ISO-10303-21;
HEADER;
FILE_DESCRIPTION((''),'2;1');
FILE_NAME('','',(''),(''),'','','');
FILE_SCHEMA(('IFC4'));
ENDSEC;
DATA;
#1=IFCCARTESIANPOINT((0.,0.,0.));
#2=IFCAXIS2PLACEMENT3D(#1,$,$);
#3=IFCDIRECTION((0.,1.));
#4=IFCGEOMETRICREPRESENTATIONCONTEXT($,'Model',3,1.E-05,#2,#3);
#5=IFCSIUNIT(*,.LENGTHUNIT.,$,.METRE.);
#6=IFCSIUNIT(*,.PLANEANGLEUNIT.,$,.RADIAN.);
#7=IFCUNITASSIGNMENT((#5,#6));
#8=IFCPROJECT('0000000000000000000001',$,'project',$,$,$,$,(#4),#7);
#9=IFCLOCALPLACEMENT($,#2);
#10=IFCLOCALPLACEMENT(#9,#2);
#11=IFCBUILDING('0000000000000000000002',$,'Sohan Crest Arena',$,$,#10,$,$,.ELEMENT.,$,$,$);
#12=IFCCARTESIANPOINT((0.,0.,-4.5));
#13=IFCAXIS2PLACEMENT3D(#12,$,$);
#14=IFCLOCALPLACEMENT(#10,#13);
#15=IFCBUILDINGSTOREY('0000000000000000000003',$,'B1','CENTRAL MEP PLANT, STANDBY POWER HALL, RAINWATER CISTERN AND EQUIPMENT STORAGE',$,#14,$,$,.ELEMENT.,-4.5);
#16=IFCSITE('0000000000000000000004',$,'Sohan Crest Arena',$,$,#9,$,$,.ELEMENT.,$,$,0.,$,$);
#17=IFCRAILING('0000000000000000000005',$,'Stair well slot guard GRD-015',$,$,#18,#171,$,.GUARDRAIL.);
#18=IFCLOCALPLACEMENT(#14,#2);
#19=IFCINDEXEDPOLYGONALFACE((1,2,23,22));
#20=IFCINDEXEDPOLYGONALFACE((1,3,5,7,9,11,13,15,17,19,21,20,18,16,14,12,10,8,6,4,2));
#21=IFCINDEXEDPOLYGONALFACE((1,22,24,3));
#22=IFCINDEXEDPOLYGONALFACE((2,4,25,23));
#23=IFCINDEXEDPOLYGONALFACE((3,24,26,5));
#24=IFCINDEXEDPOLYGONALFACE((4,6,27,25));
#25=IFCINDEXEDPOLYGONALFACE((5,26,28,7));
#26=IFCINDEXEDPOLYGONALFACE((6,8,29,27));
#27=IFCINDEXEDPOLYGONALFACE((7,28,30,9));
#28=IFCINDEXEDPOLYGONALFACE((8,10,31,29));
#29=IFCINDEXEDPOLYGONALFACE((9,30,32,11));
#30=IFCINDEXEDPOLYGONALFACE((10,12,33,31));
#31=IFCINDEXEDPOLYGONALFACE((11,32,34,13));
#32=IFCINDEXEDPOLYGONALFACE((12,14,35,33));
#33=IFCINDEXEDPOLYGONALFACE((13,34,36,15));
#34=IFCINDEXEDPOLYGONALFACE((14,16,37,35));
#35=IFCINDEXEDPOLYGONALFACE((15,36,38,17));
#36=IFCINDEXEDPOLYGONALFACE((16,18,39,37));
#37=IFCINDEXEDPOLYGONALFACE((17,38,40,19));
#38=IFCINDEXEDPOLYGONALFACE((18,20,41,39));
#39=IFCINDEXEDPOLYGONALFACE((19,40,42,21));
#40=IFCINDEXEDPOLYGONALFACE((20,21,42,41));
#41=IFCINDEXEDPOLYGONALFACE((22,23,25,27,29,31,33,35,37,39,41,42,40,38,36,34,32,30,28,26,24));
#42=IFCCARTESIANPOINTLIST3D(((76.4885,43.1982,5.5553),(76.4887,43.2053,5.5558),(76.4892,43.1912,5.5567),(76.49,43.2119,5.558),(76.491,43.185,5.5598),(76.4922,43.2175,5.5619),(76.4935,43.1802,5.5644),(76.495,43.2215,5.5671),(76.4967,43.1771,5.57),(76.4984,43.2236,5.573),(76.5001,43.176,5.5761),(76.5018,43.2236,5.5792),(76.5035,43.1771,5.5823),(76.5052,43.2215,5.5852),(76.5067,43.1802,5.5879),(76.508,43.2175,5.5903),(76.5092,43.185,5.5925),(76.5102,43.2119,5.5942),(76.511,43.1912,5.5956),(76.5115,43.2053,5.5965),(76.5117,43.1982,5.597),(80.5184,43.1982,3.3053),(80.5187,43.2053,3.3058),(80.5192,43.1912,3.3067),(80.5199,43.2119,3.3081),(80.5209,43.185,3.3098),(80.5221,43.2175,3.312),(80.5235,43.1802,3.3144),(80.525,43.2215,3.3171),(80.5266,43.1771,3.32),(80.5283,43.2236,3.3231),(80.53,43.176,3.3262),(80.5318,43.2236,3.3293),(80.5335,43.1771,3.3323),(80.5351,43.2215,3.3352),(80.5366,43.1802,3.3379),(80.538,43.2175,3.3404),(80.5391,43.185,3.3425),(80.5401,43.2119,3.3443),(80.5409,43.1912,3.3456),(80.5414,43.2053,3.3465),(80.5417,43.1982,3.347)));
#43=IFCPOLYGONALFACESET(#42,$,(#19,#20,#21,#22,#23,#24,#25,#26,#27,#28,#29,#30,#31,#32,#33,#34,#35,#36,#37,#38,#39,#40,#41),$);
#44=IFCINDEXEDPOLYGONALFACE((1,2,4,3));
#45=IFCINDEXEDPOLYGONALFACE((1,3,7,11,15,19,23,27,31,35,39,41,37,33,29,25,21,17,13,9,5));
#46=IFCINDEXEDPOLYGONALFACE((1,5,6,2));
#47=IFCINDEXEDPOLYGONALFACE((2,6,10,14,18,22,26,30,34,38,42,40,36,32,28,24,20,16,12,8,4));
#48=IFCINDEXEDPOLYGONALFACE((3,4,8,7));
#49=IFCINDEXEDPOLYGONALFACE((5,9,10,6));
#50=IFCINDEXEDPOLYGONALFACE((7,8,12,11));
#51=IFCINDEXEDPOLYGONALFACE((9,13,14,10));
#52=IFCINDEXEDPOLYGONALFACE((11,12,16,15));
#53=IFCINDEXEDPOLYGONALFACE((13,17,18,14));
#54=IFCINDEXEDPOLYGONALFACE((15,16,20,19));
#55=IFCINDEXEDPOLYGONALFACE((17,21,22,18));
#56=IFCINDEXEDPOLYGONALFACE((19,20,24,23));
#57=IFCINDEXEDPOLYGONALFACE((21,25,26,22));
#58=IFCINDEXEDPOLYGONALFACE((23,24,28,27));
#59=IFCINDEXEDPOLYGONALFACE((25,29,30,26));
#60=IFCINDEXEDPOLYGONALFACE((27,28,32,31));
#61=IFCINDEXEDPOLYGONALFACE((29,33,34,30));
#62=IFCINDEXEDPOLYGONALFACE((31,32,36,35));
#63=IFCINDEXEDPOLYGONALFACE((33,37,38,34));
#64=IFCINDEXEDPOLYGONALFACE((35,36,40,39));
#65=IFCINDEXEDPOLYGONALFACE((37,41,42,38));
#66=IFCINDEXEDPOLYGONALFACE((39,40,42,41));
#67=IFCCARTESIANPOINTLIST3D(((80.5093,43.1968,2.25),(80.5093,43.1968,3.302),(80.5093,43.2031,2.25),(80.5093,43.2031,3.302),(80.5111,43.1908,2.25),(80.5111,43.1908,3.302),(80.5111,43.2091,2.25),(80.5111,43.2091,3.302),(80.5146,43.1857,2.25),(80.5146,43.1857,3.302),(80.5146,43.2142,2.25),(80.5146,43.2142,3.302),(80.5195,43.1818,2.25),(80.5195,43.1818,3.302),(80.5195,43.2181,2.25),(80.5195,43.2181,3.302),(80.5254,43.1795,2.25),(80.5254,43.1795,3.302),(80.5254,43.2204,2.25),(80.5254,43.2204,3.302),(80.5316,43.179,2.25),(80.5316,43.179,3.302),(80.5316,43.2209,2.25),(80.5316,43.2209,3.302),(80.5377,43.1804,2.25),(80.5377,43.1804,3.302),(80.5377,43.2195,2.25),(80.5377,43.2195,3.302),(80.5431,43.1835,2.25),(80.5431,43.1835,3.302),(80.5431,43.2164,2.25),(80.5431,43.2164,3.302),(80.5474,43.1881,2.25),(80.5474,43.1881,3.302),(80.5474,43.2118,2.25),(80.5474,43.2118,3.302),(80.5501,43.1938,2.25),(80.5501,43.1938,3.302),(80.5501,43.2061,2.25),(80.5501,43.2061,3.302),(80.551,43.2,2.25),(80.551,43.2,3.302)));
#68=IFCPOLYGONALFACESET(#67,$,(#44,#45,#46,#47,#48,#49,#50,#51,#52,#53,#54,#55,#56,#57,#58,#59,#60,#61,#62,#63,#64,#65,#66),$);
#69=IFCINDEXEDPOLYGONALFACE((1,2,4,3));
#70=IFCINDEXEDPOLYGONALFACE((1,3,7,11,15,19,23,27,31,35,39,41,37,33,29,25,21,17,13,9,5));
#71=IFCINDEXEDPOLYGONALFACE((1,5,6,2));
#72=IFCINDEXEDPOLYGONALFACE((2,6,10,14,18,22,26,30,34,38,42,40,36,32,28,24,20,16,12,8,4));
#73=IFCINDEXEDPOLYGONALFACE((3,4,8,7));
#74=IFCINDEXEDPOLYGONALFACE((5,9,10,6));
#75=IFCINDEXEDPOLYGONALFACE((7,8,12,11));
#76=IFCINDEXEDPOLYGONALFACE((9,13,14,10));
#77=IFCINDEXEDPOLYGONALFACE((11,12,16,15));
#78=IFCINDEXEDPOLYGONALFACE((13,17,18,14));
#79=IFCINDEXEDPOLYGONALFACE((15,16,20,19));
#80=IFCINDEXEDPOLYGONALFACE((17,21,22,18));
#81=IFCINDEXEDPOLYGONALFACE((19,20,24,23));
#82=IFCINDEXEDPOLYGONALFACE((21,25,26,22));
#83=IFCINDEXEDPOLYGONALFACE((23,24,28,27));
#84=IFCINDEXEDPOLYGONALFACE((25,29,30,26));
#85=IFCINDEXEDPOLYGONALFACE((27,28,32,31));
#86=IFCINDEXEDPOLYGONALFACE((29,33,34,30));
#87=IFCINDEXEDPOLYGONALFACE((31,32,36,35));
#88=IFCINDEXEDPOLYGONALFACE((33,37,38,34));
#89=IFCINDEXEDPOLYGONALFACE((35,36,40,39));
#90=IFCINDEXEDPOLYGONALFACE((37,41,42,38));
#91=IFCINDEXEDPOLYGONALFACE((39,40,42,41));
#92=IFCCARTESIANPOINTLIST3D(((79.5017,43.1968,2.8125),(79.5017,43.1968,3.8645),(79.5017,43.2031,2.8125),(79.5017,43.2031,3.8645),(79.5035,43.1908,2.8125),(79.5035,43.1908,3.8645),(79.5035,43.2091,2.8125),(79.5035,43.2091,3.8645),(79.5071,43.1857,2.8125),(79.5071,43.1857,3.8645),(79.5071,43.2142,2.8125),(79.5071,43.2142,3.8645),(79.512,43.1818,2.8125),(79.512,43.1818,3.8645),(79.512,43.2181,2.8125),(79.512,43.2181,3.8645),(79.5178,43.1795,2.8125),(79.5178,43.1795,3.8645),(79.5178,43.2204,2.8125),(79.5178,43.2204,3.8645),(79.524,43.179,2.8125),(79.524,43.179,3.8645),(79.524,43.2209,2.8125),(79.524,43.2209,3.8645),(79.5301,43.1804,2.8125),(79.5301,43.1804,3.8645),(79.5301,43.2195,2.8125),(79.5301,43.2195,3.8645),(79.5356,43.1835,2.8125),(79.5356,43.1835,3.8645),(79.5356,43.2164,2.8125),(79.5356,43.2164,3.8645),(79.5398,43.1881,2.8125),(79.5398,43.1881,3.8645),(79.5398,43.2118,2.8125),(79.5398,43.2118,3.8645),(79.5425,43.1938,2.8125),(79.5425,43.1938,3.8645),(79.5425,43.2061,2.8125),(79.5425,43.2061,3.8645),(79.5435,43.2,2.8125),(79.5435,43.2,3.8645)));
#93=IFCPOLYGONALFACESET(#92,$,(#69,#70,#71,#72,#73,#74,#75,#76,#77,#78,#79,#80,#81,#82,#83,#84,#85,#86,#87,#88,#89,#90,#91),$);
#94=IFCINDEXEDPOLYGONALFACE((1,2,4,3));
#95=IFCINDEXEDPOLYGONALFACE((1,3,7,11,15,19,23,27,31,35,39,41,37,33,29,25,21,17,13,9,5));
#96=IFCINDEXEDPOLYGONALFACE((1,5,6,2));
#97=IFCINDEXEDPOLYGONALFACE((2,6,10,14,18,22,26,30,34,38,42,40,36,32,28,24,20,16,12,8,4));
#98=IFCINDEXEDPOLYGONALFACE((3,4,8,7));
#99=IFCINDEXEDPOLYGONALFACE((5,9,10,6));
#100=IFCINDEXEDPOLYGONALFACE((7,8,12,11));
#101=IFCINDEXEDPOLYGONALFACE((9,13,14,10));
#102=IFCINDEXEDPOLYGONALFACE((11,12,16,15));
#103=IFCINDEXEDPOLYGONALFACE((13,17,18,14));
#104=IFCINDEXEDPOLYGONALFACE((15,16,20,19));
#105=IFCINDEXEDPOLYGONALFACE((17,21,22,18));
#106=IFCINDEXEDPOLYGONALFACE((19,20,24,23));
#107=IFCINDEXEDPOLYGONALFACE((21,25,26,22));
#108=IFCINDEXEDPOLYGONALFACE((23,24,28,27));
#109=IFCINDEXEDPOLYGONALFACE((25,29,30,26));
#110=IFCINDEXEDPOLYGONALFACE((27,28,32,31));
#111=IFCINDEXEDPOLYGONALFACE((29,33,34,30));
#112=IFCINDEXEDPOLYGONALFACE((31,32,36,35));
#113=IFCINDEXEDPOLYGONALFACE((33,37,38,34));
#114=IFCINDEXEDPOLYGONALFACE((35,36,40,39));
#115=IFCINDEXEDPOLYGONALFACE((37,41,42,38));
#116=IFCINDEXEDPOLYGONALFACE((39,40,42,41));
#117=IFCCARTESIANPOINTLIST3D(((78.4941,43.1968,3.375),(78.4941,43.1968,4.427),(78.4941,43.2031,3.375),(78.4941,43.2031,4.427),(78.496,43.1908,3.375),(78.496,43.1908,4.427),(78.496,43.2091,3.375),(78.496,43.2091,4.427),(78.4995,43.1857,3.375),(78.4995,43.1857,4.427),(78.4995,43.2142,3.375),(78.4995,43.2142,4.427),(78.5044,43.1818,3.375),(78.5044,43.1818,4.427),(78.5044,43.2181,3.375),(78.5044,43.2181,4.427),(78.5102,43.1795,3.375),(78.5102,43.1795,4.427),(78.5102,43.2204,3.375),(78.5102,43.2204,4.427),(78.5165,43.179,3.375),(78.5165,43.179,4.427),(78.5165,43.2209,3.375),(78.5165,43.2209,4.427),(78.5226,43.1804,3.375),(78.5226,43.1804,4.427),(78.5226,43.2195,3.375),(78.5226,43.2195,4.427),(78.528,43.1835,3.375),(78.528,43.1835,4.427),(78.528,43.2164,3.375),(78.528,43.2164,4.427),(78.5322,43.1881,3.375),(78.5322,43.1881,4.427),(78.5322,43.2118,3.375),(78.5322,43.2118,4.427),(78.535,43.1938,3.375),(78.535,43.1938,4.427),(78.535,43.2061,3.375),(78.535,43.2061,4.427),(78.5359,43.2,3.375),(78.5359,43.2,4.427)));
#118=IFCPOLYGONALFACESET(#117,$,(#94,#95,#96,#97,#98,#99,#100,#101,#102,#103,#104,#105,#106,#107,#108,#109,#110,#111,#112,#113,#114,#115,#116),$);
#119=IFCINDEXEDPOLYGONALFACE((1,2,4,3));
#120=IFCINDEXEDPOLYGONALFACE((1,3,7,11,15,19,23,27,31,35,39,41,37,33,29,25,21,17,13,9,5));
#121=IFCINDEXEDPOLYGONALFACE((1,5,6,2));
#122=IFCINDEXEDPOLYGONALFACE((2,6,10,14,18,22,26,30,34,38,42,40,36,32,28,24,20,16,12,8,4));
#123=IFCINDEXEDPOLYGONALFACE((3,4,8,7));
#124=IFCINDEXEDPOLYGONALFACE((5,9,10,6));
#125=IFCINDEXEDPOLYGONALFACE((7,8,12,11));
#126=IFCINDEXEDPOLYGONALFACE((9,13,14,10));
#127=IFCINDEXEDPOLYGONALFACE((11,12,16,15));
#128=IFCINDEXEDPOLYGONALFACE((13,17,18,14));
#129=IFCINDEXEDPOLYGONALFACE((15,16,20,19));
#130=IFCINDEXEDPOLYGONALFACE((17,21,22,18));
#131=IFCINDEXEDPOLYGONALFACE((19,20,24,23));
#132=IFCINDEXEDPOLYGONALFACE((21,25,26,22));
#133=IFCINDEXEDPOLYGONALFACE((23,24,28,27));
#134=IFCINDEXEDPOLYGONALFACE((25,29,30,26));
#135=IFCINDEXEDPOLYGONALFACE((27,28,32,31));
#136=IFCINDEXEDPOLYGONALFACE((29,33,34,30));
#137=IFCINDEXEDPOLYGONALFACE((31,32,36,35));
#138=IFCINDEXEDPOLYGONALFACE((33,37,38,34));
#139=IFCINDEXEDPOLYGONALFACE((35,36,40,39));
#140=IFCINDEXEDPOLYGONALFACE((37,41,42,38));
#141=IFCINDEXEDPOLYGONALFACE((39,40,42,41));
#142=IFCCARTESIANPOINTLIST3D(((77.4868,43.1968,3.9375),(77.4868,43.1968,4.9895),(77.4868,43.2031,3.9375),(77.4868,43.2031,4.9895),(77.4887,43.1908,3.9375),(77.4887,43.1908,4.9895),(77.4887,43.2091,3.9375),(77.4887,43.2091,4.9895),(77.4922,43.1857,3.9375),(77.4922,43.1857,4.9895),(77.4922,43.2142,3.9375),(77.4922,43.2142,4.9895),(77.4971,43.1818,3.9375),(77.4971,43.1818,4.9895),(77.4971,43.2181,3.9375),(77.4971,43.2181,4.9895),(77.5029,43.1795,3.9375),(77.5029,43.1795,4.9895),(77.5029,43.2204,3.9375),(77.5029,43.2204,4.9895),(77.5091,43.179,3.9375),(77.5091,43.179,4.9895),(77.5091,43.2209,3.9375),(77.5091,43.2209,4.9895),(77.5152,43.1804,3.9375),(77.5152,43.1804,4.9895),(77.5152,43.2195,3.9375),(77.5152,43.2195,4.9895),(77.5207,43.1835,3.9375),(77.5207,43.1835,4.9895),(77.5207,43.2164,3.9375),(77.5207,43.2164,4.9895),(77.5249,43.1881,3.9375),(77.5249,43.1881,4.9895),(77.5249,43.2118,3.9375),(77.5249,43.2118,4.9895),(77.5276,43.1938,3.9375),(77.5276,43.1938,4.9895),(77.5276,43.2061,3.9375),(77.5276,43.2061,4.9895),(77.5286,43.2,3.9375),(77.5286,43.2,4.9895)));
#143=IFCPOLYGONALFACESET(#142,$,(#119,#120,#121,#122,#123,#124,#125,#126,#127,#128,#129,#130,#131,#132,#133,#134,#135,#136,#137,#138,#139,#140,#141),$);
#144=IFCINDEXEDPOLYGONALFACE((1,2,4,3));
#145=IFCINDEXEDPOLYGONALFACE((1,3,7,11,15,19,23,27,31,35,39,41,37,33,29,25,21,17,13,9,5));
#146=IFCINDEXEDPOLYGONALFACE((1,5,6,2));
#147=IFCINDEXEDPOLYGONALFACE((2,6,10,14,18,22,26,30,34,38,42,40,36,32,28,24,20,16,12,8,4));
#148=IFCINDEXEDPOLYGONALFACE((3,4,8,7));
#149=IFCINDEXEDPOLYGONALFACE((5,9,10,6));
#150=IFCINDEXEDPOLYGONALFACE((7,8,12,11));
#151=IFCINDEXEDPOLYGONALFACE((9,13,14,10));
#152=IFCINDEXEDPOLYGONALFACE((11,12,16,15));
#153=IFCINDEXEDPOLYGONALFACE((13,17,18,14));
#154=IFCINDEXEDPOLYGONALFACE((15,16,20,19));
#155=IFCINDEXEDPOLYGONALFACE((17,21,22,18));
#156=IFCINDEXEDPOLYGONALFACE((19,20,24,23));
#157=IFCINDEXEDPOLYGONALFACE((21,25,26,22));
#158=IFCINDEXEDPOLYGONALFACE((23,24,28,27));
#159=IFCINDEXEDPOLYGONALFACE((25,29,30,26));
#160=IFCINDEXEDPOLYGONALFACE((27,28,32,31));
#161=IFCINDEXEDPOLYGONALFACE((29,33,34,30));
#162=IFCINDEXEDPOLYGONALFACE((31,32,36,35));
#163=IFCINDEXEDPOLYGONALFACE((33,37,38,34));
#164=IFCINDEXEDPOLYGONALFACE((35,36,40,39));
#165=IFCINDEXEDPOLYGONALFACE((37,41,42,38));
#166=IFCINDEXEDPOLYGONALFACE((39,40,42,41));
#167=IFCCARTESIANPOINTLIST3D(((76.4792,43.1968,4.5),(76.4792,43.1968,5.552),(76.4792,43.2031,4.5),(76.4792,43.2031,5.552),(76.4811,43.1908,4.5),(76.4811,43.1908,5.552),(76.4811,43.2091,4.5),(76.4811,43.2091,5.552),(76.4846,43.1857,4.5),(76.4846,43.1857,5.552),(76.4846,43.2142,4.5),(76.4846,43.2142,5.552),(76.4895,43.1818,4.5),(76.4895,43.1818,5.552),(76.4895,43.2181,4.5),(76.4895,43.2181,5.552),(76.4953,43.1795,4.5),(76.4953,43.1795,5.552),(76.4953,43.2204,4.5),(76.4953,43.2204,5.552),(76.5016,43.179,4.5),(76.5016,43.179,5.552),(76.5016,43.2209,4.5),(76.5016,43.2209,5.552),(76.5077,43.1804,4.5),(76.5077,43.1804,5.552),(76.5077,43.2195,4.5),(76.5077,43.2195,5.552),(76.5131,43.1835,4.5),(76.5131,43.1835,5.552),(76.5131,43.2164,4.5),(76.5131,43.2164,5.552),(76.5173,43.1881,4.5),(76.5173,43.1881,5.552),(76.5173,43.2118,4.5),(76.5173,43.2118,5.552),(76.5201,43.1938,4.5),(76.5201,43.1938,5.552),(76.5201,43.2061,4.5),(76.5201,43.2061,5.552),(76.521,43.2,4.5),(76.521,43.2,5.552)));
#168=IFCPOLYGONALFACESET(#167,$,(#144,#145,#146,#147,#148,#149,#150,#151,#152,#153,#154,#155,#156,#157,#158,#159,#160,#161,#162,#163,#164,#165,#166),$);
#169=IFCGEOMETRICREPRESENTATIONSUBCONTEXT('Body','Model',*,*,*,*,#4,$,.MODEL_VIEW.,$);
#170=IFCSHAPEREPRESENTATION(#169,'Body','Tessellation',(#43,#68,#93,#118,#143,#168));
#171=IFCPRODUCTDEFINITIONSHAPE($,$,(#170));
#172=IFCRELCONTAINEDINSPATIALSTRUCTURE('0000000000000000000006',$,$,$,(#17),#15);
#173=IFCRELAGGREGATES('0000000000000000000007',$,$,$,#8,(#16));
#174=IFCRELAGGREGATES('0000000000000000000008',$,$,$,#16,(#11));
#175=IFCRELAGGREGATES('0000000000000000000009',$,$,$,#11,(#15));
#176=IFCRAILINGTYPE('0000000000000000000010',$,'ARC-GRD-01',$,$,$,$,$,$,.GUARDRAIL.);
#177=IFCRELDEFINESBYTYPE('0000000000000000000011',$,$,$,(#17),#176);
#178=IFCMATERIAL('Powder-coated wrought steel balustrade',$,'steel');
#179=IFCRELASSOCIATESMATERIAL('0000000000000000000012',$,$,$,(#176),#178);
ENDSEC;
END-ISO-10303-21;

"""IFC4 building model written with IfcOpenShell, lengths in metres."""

from ifc_helpers import new_model, si_unit, direction, frame, origin, origin_2d, place, context, subcontext, project, spatial, circle, extrude, material, type_object, element, save


model = new_model("IFC4")

# Units and contexts
model_context = context("Model", 3, precision=1e-05, world=origin(), true_north=direction((0.0, 1.0)))
body_context = subcontext(model_context, "Body", "Model", "MODEL_VIEW")
ifc_project = project(units=[si_unit("LENGTHUNIT", "METRE"), si_unit("PLANEANGLEUNIT", "RADIAN")], contexts=[model_context])

# Site, building, storey
site_placement = place(None, origin())
site = spatial("IfcSite", under=ifc_project, at=site_placement, Name="Sohan Crest Arena", CompositionType="ELEMENT", RefElevation=0.0)
building_placement = place(site_placement, origin())
building = spatial("IfcBuilding", under=site, at=building_placement, Name="Sohan Crest Arena", CompositionType="ELEMENT")
storey_placement = place(building_placement, frame((0.0, 0.0, -4.5)))
storey = spatial("IfcBuildingStorey", under=building, at=storey_placement, Name="B1", Description="CENTRAL MEP PLANT, STANDBY POWER HALL, RAINWATER CISTERN AND EQUIPMENT STORAGE", CompositionType="ELEMENT", Elevation=-4.5)

# Railing
ifc_material_1 = material(Name="Powder-coated wrought steel balustrade", Category="steel")
railing_type_1 = type_object("IfcRailingType", Name="ARC-GRD-01", PredefinedType="GUARDRAIL", material=ifc_material_1)
railing_1_placement = place(storey_placement, frame((80.53, 43.2, 2.25)))
element("IfcRailing", 1, at=railing_1_placement, inside=storey, type_object=railing_type_1, Name="Stair well slot guard GRD-015", PredefinedType="GUARDRAIL", context=body_context, shape_type="SweptSolid", body=[
    extrude(circle(Radius=0.0239, at=origin_2d()), frame((0.0, 0.0, 1.0762), z_axis=(-0.873135, 0.0, 0.487479), x_axis=(0.0, -1.0, 0.0)), (0.0, 0.0, 1.0), 4.6155),
    extrude(circle(Radius=0.021, at=origin_2d()), origin(), (0.0, 0.0, 1.0), 1.052),
    extrude(circle(Radius=0.021, at=origin_2d()), frame((-1.0076, 0.0, 0.5625)), (0.0, 0.0, 1.0), 1.052),
    extrude(circle(Radius=0.021, at=origin_2d()), frame((-2.0151, 0.0, 1.125)), (0.0, 0.0, 1.0), 1.052),
    extrude(circle(Radius=0.021, at=origin_2d()), frame((-3.0225, 0.0, 1.6875)), (0.0, 0.0, 1.0), 1.052),
    extrude(circle(Radius=0.021, at=origin_2d()), frame((-4.03, 0.0, 2.25)), (0.0, 0.0, 1.0), 1.052),
])

save(model, "model.ifc")
